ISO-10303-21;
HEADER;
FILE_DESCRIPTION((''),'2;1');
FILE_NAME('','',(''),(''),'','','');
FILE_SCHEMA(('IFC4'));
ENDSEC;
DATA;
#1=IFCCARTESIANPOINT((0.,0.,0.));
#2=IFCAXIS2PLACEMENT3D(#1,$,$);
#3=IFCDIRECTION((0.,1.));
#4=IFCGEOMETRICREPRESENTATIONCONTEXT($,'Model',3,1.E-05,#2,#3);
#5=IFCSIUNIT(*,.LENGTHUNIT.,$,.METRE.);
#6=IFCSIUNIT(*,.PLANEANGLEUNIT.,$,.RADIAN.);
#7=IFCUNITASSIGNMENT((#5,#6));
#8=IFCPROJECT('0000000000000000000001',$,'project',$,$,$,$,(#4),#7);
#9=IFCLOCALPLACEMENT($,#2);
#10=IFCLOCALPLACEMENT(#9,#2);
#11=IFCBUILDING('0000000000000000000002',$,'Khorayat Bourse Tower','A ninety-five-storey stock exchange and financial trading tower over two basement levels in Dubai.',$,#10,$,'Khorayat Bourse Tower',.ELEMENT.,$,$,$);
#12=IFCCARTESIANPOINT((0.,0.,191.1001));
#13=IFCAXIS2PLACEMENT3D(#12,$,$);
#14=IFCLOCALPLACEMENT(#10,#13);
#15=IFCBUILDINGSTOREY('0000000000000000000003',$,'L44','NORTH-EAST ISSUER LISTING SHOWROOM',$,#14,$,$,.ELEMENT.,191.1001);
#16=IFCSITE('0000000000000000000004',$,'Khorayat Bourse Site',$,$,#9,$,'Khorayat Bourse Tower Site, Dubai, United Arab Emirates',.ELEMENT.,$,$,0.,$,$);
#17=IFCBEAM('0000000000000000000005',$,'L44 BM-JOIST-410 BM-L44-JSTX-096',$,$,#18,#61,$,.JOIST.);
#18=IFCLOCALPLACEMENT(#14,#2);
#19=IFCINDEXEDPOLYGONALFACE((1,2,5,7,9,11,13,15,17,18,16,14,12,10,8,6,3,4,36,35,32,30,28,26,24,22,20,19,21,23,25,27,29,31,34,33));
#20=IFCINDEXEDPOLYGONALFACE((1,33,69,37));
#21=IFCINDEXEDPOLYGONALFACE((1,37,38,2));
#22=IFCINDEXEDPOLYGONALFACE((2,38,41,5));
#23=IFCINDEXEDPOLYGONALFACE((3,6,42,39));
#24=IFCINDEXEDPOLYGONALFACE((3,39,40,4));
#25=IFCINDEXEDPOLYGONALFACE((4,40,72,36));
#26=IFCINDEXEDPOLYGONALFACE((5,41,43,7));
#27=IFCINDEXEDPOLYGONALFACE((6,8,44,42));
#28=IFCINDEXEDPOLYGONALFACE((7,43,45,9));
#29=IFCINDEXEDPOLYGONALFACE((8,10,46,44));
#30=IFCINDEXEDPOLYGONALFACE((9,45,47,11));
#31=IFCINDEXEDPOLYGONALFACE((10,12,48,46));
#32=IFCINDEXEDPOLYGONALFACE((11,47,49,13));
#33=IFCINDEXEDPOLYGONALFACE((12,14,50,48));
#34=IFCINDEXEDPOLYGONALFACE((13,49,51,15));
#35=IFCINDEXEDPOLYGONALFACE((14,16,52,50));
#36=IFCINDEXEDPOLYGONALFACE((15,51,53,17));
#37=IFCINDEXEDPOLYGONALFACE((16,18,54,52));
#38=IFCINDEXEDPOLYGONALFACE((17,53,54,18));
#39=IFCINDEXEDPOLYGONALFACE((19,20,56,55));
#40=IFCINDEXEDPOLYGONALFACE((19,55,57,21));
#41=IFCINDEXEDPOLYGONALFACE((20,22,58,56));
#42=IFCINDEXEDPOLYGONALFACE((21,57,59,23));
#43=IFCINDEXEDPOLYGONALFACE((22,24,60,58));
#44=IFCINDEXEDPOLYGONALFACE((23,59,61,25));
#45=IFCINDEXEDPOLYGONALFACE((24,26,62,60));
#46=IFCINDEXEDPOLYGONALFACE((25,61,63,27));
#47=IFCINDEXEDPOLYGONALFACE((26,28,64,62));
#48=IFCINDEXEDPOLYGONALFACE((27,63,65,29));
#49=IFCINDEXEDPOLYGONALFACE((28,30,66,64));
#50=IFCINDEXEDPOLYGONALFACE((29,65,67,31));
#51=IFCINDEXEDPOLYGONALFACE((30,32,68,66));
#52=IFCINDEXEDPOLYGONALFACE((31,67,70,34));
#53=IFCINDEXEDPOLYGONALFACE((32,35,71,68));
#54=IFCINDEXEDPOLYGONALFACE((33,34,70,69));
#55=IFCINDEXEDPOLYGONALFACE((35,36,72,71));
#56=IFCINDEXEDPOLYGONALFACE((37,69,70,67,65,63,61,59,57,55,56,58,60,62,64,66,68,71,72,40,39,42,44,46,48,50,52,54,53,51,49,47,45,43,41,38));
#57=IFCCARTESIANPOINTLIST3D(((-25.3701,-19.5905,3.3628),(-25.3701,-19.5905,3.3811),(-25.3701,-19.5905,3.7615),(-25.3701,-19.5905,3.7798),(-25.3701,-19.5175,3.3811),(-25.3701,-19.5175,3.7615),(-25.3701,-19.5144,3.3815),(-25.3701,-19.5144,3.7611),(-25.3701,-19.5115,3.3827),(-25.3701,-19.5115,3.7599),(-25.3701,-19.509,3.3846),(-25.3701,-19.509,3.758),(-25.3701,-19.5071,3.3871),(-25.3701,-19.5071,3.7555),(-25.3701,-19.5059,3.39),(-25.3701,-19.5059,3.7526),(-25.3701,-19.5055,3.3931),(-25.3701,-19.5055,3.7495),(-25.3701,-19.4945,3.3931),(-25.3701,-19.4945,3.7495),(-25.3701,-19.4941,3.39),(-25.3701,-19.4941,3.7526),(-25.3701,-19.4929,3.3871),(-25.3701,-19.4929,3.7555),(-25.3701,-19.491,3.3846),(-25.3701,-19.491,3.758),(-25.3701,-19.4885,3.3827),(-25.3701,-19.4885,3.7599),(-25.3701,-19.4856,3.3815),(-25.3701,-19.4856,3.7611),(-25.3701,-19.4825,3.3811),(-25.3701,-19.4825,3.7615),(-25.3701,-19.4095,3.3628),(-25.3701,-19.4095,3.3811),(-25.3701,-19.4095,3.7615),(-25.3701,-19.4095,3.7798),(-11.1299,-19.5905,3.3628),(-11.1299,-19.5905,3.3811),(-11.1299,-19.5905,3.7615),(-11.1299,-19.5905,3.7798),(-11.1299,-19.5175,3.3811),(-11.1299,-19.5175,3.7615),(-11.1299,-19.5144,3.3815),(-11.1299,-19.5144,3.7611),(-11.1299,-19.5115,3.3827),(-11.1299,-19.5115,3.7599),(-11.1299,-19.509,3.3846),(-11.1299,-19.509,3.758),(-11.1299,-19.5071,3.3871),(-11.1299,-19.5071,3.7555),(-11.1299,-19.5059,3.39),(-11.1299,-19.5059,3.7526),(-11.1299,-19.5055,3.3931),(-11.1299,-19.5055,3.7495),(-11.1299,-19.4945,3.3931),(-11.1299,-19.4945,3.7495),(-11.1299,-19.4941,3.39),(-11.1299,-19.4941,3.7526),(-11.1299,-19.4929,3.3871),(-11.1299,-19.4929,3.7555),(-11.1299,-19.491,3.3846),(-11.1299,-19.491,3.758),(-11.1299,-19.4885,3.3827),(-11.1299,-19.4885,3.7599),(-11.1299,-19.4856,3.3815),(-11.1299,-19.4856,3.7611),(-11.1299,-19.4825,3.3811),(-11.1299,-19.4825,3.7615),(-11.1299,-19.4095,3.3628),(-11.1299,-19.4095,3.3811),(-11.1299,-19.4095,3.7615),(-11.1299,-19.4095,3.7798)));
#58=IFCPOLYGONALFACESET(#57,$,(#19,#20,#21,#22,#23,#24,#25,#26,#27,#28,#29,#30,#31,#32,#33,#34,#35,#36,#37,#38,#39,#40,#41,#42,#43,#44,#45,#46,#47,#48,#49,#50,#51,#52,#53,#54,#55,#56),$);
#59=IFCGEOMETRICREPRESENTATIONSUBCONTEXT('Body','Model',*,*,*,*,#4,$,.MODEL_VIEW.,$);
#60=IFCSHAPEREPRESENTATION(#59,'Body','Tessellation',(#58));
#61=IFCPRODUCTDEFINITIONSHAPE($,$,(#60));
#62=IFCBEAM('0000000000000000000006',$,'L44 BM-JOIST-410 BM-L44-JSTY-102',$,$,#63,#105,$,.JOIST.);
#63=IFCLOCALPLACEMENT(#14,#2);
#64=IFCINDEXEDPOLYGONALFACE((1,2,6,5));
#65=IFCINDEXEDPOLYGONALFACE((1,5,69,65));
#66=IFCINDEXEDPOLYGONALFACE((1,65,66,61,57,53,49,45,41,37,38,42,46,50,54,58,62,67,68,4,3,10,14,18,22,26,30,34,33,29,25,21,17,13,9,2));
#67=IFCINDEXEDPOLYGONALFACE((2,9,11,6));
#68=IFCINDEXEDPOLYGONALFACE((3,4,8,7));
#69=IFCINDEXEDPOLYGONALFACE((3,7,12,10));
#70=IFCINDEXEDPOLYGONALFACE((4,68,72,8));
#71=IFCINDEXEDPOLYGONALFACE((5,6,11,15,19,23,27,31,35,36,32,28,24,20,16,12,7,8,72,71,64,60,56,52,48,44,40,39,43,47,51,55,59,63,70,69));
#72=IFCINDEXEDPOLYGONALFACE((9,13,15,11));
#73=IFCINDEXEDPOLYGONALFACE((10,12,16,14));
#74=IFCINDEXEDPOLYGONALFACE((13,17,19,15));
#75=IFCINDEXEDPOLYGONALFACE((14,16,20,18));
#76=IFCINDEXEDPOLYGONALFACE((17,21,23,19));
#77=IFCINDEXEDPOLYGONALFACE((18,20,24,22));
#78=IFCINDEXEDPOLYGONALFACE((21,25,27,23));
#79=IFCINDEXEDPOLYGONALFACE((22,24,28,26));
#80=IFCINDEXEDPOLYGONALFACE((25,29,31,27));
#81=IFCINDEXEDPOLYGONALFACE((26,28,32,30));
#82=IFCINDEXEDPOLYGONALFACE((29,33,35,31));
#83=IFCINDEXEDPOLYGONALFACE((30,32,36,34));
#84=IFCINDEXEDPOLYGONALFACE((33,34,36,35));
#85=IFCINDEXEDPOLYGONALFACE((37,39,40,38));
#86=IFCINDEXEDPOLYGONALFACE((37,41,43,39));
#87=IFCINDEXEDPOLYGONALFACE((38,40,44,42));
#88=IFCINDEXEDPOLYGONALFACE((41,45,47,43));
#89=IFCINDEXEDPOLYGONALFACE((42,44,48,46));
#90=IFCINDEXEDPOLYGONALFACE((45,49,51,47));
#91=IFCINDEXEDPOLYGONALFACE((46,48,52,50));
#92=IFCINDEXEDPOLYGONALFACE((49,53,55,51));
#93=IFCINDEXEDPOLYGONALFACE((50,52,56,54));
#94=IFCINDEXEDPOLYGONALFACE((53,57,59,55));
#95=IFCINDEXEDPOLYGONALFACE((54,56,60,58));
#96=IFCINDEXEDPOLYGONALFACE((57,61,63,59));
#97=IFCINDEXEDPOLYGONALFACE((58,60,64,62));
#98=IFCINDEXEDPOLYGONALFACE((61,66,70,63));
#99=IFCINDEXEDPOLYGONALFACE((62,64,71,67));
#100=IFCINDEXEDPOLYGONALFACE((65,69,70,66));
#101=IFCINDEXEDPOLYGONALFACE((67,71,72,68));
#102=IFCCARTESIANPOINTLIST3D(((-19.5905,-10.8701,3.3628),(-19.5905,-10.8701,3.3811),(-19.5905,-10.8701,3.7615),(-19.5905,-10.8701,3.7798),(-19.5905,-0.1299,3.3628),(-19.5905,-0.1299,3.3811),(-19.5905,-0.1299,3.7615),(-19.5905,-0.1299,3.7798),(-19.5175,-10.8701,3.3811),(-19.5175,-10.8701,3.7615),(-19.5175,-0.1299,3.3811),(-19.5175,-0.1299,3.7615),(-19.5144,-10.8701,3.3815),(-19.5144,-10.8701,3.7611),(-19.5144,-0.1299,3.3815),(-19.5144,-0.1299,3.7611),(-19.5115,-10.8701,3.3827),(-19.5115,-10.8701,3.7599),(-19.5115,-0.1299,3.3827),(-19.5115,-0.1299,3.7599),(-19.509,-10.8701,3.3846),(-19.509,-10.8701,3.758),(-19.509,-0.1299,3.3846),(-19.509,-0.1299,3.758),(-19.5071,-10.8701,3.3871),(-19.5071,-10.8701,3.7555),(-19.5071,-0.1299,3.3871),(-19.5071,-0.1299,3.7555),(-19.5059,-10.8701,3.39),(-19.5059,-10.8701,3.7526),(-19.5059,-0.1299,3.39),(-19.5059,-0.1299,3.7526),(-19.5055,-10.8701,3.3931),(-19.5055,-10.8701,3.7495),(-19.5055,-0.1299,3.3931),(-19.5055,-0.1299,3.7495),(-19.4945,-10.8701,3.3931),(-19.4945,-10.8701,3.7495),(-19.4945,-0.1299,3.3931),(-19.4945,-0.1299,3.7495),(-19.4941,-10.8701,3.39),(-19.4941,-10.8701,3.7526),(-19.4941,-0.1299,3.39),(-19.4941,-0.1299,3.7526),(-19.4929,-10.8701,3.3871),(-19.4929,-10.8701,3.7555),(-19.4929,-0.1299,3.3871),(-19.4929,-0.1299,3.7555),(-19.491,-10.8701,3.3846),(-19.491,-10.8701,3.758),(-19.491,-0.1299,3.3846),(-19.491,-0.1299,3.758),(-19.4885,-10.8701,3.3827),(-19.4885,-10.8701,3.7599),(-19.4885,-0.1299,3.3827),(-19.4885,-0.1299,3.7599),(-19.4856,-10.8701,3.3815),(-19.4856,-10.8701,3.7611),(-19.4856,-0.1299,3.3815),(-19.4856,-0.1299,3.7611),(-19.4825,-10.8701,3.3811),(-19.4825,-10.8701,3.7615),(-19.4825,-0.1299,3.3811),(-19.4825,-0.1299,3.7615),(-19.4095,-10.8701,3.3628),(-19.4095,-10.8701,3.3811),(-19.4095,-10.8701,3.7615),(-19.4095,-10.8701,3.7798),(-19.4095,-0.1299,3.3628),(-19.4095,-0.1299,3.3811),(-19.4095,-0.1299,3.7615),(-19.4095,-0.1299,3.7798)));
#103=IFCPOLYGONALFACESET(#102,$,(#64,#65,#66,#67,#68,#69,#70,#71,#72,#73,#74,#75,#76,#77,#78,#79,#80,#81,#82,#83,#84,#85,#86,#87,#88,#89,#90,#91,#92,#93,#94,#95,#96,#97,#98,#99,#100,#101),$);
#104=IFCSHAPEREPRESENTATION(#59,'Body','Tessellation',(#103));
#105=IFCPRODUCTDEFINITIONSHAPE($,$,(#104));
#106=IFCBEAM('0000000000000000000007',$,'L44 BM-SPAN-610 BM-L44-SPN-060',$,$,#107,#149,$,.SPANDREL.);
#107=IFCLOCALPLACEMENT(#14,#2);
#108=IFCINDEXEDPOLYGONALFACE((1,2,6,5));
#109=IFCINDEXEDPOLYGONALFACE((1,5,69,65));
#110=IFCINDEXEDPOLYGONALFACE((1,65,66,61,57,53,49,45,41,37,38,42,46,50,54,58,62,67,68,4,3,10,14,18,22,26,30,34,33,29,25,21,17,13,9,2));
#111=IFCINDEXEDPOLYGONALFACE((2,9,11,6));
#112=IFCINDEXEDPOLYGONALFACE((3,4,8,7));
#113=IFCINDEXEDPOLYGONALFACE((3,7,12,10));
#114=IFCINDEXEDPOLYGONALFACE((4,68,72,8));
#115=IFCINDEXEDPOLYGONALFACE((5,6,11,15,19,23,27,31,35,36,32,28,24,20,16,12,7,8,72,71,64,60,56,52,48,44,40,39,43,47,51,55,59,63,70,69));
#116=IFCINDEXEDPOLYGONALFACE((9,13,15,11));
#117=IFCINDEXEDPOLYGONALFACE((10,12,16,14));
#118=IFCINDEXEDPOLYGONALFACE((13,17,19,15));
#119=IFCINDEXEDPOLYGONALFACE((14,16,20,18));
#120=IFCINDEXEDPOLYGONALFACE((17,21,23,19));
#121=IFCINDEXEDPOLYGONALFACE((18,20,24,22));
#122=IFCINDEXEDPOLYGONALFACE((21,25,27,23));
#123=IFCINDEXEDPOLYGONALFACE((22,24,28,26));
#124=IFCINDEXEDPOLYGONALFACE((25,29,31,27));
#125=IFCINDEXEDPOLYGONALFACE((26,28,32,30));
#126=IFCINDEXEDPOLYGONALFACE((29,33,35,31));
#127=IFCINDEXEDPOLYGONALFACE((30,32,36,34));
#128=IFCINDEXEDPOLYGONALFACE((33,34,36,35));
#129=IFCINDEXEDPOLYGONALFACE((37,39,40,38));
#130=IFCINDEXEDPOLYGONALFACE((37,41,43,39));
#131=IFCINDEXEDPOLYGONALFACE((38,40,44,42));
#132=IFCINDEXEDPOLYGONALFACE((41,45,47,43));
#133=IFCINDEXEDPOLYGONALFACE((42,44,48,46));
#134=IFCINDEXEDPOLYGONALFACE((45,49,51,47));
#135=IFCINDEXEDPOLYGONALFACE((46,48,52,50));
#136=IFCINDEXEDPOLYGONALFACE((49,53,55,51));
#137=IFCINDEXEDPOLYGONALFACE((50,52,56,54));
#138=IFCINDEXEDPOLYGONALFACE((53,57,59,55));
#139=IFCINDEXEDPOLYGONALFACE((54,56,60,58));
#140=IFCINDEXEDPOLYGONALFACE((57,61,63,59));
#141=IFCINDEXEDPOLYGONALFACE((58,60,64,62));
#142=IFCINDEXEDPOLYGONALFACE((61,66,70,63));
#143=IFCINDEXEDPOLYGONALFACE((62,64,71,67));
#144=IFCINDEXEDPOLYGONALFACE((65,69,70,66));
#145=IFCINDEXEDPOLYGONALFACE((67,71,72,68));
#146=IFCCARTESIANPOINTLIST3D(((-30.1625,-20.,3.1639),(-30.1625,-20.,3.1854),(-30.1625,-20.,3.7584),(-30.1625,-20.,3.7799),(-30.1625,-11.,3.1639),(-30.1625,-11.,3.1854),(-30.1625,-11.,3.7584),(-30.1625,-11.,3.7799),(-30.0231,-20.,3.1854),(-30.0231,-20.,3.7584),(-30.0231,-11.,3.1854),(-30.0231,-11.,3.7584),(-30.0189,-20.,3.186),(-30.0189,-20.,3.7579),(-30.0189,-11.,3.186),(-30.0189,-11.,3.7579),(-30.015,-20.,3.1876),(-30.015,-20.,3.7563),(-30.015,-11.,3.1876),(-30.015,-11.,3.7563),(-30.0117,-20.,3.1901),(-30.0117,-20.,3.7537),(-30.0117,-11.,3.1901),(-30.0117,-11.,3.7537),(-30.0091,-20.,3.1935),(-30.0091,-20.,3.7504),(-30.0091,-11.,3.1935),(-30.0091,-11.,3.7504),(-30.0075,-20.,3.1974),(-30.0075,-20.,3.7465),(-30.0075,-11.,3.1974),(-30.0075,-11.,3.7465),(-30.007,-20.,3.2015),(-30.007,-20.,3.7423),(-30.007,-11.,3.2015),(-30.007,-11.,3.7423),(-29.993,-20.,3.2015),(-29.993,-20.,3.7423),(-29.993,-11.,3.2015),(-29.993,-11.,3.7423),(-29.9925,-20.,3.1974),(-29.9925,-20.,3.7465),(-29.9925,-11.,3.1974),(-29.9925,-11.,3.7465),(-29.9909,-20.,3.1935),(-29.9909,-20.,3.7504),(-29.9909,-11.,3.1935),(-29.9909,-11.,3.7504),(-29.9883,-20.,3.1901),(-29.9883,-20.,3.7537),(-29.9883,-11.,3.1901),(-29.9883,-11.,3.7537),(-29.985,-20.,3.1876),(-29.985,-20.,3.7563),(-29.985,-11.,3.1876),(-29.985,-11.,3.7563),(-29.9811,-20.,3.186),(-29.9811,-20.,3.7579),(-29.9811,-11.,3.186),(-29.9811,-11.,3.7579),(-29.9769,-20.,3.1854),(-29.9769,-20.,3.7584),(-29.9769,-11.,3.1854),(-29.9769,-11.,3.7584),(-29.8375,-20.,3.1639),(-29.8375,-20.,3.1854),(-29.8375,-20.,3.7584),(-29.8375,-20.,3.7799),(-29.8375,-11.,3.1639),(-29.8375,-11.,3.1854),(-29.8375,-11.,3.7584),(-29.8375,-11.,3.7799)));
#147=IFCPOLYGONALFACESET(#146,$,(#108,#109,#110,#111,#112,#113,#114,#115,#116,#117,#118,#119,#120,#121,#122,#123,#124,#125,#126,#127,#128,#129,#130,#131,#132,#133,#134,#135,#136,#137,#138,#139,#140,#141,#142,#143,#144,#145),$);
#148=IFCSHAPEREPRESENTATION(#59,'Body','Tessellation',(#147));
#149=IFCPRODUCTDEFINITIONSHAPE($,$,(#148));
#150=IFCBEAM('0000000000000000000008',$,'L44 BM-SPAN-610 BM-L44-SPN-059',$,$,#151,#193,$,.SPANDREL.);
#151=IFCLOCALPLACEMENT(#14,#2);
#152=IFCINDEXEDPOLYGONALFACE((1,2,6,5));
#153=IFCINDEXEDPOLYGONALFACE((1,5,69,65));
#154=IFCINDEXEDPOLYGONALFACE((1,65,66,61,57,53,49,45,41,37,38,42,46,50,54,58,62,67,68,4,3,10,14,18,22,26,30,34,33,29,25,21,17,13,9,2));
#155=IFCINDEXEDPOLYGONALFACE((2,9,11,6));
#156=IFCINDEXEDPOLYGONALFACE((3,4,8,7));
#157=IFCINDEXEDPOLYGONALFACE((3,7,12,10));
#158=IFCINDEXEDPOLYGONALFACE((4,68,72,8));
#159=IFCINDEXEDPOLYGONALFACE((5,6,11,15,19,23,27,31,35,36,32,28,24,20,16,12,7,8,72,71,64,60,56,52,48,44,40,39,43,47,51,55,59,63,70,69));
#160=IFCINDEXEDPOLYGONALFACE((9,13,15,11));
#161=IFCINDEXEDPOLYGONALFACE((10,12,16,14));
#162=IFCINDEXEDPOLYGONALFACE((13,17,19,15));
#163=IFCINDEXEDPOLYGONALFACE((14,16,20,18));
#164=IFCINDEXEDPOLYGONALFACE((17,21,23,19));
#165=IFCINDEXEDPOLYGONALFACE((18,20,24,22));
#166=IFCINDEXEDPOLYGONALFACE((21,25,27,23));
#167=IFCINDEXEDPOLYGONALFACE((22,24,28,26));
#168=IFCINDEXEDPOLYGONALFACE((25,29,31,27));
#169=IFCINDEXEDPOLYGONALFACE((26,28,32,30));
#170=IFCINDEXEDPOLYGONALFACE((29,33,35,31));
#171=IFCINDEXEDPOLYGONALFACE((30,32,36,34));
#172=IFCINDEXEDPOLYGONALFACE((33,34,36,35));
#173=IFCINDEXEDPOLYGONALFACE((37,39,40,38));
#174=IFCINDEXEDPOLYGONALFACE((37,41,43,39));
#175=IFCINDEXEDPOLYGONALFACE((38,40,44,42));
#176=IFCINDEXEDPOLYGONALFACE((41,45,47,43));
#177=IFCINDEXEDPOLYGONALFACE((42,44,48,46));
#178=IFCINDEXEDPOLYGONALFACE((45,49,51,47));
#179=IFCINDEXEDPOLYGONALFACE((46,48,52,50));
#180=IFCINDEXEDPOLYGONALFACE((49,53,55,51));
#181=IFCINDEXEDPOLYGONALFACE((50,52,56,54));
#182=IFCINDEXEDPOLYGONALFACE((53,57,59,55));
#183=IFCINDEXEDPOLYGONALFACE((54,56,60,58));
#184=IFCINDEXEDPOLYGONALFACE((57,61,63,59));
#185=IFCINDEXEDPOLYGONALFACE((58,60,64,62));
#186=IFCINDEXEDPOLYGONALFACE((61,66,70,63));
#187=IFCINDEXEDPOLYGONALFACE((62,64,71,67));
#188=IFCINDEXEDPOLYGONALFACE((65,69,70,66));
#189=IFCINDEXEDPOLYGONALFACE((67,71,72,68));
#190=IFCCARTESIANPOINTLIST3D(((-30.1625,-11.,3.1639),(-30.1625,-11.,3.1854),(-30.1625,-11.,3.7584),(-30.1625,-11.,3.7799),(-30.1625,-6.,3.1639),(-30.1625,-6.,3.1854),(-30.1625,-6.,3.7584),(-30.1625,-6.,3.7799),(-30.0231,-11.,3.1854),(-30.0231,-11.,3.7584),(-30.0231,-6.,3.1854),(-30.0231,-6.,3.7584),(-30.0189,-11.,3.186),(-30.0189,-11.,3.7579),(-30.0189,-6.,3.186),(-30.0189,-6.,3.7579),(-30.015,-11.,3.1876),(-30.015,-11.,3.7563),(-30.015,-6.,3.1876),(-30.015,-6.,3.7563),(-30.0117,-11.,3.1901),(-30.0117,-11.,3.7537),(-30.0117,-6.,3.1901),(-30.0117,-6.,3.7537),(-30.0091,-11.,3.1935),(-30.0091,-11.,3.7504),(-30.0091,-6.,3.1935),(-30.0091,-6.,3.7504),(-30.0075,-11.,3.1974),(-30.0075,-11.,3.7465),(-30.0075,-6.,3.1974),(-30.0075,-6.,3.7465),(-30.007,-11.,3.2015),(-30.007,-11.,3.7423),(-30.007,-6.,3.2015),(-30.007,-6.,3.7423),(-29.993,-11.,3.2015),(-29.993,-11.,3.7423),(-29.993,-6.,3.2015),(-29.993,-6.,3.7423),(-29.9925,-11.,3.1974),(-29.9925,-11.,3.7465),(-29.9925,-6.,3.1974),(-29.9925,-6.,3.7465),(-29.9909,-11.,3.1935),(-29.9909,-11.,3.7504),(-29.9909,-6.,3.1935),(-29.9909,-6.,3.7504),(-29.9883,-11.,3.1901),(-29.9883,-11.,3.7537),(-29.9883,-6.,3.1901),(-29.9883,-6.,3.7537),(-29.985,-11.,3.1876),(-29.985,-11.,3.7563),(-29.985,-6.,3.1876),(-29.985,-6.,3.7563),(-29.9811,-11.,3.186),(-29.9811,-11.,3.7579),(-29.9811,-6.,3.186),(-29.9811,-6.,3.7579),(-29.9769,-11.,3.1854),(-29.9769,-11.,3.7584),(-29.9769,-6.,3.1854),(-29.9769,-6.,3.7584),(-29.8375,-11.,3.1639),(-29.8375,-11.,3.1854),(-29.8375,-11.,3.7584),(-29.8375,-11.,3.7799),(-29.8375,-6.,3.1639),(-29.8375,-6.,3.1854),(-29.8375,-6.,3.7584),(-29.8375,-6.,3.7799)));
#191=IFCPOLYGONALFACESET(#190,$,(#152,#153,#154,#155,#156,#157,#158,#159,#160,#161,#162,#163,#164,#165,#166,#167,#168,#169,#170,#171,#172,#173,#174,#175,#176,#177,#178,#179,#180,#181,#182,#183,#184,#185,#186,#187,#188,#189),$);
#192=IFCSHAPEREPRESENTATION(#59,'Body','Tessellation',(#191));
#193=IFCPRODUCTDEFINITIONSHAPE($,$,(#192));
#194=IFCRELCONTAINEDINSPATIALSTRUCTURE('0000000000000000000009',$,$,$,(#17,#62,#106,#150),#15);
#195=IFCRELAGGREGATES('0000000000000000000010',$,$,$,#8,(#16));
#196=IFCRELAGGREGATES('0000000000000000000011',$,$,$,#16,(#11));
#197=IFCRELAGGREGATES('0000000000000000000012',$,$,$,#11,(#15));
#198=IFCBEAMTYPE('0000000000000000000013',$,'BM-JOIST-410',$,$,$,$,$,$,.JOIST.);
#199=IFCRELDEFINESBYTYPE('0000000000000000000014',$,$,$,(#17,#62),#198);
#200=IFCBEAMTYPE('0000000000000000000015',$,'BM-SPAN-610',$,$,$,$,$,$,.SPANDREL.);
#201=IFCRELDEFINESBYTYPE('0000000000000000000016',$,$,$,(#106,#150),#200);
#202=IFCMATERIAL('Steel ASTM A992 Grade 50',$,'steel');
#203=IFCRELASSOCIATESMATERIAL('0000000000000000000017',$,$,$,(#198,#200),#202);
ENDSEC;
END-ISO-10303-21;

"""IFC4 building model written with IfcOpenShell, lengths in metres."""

from ifc_helpers import new_model, si_unit, direction, frame, origin, origin_2d, place, context, subcontext, project, spatial, i_section, extrude, source, transform, mapped, material, material_profile, profile_set, type_object, element, save


model = new_model("IFC4")

# Units and contexts
model_context = context("Model", 3, precision=1e-05, world=origin(), true_north=direction((0.0, 1.0)))
body_context = subcontext(model_context, "Body", "Model", "MODEL_VIEW")
ifc_project = project(units=[si_unit("LENGTHUNIT", "METRE"), si_unit("PLANEANGLEUNIT", "RADIAN")], contexts=[model_context])

# Site, building, storey
site_placement = place(None, origin())
site = spatial("IfcSite", under=ifc_project, at=site_placement, Name="Khorayat Bourse Site", LongName="Khorayat Bourse Tower Site, Dubai, United Arab Emirates", CompositionType="ELEMENT", RefElevation=0.0)
building_placement = place(site_placement, origin())
building = spatial("IfcBuilding", under=site, at=building_placement, Name="Khorayat Bourse Tower", Description="A ninety-five-storey stock exchange and financial trading tower over two basement levels in Dubai.", LongName="Khorayat Bourse Tower", CompositionType="ELEMENT")
storey_placement = place(building_placement, frame((0.0, 0.0, 191.1001)))
storey = spatial("IfcBuildingStorey", under=building, at=storey_placement, Name="L44", Description="NORTH-EAST ISSUER LISTING SHOWROOM", CompositionType="ELEMENT", Elevation=191.1001)

# Beams
ifc_material_1 = material(Name="Steel ASTM A992 Grade 50", Category="steel")
ifc_material_profile_1 = material_profile(ifc_material_1, i_section(OverallWidth=0.1809, OverallDepth=0.417, WebThickness=0.011, FlangeThickness=0.0183, FilletRadius=0.012, at=origin_2d()), Name="W410X85")
ifc_profile_set_1 = profile_set([ifc_material_profile_1], Name="Steel ASTM A992 Grade 50")
beam_type_1 = type_object("IfcBeamType", Name="BM-JOIST-410", PredefinedType="JOIST", material=ifc_profile_set_1)
shared_shape_1 = source(origin(), body_context, "Body", "SweptSolid", [
    extrude(i_section(OverallWidth=0.1809, OverallDepth=0.417, WebThickness=0.011, FlangeThickness=0.0183, FilletRadius=0.012, at=origin_2d()), origin(), (0.0, 0.0, 1.0), 14.2402),
])
beam_1_placement = place(storey_placement, frame((-25.3701, -19.5, 3.5713), z_axis=(1.0, 0.0, 0.0), x_axis=(0.0, 1.0, 0.0)))
element("IfcBeam", 1, at=beam_1_placement, inside=storey, type_object=beam_type_1, Name="L44 BM-JOIST-410 BM-L44-JSTX-096", PredefinedType="JOIST", context=body_context, shape_type="MappedRepresentation", body=[
    mapped(shared_shape_1, transform((0.0, 0.0, 0.0), scale=1.0)),
])
shared_shape_2 = source(origin(), body_context, "Body", "SweptSolid", [
    extrude(i_section(OverallWidth=0.1809, OverallDepth=0.417, WebThickness=0.011, FlangeThickness=0.0183, FilletRadius=0.012, at=origin_2d()), origin(), (0.0, 0.0, 1.0), 10.7402),
])
beam_2_placement = place(storey_placement, frame((-19.5, -10.8701, 3.5713), z_axis=(0.0, 1.0, 0.0), x_axis=(-1.0, 0.0, 0.0)))
element("IfcBeam", 2, at=beam_2_placement, inside=storey, type_object=beam_type_1, Name="L44 BM-JOIST-410 BM-L44-JSTY-102", PredefinedType="JOIST", context=body_context, shape_type="MappedRepresentation", body=[
    mapped(shared_shape_2, transform((0.0, 0.0, 0.0), scale=1.0)),
])
ifc_material_profile_2 = material_profile(ifc_material_1, i_section(OverallWidth=0.325, OverallDepth=0.616, WebThickness=0.0139, FlangeThickness=0.0215, FilletRadius=0.0161, at=origin_2d()), Name="W610X174")
ifc_profile_set_2 = profile_set([ifc_material_profile_2], Name="Steel ASTM A992 Grade 50")
beam_type_2 = type_object("IfcBeamType", Name="BM-SPAN-610", PredefinedType="SPANDREL", material=ifc_profile_set_2)
shared_shape_3 = source(origin(), body_context, "Body", "SweptSolid", [
    extrude(i_section(OverallWidth=0.325, OverallDepth=0.616, WebThickness=0.0139, FlangeThickness=0.0215, FilletRadius=0.0161, at=origin_2d()), origin(), (0.0, 0.0, 1.0), 9.0),
])
beam_3_placement = place(storey_placement, frame((-30.0, -20.0, 3.4719), z_axis=(0.0, 1.0, 0.0), x_axis=(-1.0, 0.0, 0.0)))
element("IfcBeam", 3, at=beam_3_placement, inside=storey, type_object=beam_type_2, Name="L44 BM-SPAN-610 BM-L44-SPN-060", PredefinedType="SPANDREL", context=body_context, shape_type="MappedRepresentation", body=[
    mapped(shared_shape_3, transform((0.0, 0.0, 0.0), scale=1.0)),
])
shared_shape_4 = source(origin(), body_context, "Body", "SweptSolid", [
    extrude(i_section(OverallWidth=0.325, OverallDepth=0.616, WebThickness=0.0139, FlangeThickness=0.0215, FilletRadius=0.0161, at=origin_2d()), origin(), (0.0, 0.0, 1.0), 5.0),
])
beam_4_placement = place(storey_placement, frame((-30.0, -11.0, 3.4719), z_axis=(0.0, 1.0, 0.0), x_axis=(-1.0, 0.0, 0.0)))
element("IfcBeam", 4, at=beam_4_placement, inside=storey, type_object=beam_type_2, Name="L44 BM-SPAN-610 BM-L44-SPN-059", PredefinedType="SPANDREL", context=body_context, shape_type="MappedRepresentation", body=[
    mapped(shared_shape_4, transform((0.0, 0.0, 0.0), scale=1.0)),
])

save(model, "model.ifc")
